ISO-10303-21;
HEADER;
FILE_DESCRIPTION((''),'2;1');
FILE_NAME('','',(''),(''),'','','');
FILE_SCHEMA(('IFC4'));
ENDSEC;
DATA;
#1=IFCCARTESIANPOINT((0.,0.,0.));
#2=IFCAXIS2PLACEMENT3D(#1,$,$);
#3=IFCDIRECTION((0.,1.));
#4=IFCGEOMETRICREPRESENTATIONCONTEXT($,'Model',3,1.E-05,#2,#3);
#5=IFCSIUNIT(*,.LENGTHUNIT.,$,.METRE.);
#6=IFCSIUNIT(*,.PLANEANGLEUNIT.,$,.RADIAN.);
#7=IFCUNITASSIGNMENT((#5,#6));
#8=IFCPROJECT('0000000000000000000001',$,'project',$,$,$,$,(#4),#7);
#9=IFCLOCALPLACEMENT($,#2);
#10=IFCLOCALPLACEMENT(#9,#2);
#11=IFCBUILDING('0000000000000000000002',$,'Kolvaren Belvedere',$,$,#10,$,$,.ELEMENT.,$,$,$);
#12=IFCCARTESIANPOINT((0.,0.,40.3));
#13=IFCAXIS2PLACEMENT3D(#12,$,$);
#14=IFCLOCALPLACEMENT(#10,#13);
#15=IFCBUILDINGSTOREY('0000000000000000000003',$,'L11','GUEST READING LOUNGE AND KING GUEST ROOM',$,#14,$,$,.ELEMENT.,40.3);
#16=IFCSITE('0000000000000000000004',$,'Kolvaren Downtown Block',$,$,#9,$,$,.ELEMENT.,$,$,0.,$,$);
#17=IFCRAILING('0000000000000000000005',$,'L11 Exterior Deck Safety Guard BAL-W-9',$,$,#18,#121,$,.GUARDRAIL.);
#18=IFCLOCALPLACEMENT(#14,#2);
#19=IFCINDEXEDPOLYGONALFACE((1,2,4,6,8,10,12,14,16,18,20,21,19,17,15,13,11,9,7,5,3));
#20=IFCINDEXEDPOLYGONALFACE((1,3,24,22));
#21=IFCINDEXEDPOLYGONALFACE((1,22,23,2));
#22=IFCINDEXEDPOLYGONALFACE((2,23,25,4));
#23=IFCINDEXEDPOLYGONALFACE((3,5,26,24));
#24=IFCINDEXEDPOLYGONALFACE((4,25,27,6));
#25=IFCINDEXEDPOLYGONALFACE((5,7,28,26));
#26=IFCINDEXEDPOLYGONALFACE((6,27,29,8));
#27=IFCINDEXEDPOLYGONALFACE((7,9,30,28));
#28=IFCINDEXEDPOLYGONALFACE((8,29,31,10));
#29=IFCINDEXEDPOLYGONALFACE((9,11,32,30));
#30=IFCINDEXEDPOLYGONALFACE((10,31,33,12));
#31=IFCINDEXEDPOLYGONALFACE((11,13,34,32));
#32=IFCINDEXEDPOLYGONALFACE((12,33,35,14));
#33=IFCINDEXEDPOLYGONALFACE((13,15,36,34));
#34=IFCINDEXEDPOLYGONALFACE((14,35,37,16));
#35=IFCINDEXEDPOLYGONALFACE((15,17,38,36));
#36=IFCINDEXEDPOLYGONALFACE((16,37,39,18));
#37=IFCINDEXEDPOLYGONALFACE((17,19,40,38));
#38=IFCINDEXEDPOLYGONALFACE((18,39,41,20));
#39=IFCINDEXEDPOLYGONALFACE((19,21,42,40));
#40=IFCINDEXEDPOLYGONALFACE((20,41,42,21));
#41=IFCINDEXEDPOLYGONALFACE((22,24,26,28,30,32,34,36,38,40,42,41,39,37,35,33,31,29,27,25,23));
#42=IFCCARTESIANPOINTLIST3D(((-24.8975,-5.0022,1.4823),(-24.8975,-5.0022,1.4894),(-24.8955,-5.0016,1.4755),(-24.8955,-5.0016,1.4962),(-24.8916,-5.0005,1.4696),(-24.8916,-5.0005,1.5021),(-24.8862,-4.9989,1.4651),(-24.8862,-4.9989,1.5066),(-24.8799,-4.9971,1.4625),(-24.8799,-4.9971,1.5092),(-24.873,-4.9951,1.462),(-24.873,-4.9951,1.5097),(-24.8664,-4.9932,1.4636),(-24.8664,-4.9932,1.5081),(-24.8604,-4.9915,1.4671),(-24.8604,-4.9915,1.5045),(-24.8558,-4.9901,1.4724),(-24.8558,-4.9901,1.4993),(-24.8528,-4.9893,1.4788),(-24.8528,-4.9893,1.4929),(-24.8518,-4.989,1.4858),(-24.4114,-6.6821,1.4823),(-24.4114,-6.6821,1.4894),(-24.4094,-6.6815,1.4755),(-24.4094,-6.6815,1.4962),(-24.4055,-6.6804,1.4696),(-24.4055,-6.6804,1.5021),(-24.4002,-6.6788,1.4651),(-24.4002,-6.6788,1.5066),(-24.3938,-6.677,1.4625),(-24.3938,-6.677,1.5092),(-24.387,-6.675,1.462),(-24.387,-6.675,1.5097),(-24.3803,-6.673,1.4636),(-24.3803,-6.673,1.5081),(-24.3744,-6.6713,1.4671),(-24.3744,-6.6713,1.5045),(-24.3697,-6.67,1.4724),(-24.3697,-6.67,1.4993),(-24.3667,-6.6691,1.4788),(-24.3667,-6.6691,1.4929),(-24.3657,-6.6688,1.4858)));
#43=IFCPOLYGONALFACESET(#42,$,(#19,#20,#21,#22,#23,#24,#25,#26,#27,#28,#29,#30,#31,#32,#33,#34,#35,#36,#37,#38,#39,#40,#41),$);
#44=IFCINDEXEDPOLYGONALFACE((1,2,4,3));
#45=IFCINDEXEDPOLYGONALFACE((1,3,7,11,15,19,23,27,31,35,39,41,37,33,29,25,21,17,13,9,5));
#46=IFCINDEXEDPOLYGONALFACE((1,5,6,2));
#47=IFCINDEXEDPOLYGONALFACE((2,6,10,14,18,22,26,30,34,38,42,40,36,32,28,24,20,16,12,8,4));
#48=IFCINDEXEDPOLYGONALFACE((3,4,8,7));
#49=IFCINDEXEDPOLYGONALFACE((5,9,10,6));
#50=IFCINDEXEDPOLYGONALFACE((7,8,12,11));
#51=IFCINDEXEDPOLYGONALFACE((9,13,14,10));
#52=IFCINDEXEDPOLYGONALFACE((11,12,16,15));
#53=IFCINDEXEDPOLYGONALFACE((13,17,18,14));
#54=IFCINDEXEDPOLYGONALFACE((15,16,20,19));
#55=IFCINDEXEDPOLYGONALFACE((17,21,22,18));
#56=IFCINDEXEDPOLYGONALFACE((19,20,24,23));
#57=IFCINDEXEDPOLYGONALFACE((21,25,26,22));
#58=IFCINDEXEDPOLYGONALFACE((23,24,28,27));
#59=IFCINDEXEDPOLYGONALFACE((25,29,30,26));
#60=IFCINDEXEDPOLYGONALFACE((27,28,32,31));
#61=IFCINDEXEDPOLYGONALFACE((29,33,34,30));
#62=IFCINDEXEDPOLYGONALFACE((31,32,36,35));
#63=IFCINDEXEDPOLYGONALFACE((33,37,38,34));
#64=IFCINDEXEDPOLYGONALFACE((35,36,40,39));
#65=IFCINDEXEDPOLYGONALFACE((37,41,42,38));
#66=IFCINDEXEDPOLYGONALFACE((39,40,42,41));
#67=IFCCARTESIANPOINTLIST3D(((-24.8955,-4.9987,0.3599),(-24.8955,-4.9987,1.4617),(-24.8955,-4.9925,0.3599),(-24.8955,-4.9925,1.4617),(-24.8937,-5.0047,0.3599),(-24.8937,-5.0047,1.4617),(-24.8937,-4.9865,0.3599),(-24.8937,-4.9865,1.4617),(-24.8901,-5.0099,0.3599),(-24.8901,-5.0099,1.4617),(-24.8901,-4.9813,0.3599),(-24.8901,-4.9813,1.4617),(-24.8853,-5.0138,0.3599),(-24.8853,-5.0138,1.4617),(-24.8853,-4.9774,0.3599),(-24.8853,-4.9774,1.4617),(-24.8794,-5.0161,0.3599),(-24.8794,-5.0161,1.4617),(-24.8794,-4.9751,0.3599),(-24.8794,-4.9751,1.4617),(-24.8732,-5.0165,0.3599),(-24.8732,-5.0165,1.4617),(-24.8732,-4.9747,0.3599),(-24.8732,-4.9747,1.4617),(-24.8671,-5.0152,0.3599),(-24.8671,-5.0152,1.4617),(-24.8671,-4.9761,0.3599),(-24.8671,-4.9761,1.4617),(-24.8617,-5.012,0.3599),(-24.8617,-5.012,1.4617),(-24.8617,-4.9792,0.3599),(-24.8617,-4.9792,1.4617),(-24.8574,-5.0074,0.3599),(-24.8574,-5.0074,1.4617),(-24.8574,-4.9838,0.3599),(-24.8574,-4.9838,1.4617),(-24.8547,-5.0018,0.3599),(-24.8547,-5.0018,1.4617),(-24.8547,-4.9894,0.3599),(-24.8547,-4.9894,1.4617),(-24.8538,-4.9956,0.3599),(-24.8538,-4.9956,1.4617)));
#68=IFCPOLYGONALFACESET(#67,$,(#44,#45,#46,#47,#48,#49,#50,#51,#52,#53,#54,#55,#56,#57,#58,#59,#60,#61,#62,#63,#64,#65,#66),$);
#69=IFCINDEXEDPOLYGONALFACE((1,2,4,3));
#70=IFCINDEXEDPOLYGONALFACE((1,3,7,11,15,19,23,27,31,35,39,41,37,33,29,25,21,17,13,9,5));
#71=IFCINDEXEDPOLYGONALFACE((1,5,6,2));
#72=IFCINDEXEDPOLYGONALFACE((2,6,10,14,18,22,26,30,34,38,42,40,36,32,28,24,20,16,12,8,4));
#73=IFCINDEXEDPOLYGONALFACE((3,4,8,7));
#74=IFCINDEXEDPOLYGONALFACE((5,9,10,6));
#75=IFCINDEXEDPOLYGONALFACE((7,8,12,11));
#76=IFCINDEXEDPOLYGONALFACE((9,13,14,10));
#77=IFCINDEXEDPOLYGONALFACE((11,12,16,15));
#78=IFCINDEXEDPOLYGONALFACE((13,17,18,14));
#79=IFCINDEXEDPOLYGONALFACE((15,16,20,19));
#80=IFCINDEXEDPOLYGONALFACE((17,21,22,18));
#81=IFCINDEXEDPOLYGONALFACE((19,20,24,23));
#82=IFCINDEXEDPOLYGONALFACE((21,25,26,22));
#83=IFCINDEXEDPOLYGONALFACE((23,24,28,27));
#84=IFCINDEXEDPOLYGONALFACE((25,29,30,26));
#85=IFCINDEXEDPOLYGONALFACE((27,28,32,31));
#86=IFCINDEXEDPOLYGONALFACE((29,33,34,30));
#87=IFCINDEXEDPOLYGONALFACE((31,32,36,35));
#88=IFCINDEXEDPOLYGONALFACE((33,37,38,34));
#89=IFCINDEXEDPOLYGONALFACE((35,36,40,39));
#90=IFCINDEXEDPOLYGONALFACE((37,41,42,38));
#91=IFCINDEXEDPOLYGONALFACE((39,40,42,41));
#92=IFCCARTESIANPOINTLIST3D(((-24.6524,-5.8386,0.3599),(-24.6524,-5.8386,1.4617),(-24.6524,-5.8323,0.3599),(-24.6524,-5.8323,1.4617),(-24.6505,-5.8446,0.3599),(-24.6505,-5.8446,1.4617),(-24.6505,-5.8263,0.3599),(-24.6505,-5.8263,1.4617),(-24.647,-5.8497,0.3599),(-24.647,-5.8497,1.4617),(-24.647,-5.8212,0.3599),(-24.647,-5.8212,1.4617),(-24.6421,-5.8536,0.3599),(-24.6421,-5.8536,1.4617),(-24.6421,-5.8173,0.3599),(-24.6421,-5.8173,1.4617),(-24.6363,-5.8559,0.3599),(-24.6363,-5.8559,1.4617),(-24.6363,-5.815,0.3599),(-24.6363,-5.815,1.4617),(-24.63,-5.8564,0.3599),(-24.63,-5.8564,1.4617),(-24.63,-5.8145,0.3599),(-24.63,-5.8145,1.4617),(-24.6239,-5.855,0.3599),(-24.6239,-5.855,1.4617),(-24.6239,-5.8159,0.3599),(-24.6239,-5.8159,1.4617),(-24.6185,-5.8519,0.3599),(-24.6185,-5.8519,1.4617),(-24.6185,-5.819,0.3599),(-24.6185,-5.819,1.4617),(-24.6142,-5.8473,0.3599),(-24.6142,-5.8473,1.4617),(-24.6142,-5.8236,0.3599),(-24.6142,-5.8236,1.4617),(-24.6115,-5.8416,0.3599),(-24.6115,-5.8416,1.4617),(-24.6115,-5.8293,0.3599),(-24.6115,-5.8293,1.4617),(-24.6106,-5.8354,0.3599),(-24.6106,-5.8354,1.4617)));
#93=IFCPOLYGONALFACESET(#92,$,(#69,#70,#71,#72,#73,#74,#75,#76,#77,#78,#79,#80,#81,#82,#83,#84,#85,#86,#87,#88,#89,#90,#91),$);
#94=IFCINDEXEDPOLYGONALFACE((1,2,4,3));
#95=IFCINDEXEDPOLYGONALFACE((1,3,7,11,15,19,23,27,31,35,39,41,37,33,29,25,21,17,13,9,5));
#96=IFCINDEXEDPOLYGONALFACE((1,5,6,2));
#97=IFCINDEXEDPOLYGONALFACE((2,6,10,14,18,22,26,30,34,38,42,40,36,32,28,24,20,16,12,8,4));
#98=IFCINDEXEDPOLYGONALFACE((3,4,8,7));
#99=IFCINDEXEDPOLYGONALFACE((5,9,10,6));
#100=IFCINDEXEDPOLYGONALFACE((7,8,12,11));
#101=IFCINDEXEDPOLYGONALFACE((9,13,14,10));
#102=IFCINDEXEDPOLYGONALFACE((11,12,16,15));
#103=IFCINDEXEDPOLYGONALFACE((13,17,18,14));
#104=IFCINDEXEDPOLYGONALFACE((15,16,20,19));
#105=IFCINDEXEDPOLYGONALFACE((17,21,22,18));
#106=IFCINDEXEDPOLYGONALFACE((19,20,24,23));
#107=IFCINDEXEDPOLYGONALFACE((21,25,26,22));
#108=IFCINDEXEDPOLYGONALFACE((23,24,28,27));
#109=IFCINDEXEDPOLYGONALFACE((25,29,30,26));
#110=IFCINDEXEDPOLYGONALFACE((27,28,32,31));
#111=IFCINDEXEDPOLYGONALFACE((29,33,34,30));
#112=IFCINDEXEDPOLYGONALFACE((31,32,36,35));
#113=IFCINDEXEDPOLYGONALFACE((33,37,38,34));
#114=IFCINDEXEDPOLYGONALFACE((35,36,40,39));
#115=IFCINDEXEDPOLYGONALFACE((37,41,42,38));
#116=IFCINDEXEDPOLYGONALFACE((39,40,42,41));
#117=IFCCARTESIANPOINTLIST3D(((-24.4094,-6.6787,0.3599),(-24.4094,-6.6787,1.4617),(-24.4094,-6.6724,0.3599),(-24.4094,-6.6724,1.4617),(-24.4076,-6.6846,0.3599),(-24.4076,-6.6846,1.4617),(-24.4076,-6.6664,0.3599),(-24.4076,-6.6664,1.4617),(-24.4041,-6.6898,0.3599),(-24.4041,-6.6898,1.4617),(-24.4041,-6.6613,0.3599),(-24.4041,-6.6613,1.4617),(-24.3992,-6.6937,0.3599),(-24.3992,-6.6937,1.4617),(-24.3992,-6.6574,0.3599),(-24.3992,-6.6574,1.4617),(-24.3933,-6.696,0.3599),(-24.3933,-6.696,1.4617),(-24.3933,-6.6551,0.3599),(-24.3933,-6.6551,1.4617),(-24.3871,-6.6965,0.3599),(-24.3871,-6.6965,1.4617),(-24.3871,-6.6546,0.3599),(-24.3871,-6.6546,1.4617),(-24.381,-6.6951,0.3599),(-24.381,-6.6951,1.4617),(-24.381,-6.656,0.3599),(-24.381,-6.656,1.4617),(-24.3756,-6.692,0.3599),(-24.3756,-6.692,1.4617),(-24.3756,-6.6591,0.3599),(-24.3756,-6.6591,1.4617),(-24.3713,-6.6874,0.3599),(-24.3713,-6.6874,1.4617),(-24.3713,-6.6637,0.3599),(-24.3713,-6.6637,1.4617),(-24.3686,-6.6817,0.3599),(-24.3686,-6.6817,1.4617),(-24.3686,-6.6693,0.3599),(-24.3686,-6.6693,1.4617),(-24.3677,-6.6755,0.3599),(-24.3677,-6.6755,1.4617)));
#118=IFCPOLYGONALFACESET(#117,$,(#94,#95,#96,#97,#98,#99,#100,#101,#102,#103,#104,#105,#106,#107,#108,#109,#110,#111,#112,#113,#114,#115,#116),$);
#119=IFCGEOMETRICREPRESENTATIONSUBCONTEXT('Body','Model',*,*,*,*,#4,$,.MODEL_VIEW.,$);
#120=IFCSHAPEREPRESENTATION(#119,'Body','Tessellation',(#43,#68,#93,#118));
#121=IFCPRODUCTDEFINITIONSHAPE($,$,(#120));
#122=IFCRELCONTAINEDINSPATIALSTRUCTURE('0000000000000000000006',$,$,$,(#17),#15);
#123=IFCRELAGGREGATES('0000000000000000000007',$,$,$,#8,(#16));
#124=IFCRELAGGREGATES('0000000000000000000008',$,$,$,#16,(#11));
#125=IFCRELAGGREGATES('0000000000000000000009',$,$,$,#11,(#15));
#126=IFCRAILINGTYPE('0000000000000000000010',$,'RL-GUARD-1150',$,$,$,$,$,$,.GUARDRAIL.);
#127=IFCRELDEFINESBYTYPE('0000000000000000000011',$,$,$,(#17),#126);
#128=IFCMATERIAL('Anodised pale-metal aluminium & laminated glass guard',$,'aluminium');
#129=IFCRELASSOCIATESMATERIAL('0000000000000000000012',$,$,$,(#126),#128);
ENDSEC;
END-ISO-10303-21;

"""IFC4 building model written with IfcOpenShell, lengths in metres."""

from ifc_helpers import new_model, si_unit, direction, frame, origin, origin_2d, place, context, subcontext, project, spatial, circle, extrude, material, type_object, element, save


model = new_model("IFC4")

# Units and contexts
model_context = context("Model", 3, precision=1e-05, world=origin(), true_north=direction((0.0, 1.0)))
body_context = subcontext(model_context, "Body", "Model", "MODEL_VIEW")
ifc_project = project(units=[si_unit("LENGTHUNIT", "METRE"), si_unit("PLANEANGLEUNIT", "RADIAN")], contexts=[model_context])

# Site, building, storey
site_placement = place(None, origin())
site = spatial("IfcSite", under=ifc_project, at=site_placement, Name="Kolvaren Downtown Block", CompositionType="ELEMENT", RefElevation=0.0)
building_placement = place(site_placement, origin())
building = spatial("IfcBuilding", under=site, at=building_placement, Name="Kolvaren Belvedere", CompositionType="ELEMENT")
storey_placement = place(building_placement, frame((0.0, 0.0, 40.3)))
storey = spatial("IfcBuildingStorey", under=building, at=storey_placement, Name="L11", Description="GUEST READING LOUNGE AND KING GUEST ROOM", CompositionType="ELEMENT", Elevation=40.3)

# Railing
ifc_material_1 = material(Name="Anodised pale-metal aluminium & laminated glass guard", Category="aluminium")
railing_type = type_object("IfcRailingType", Name="RL-GUARD-1150", PredefinedType="GUARDRAIL", material=ifc_material_1)
railing_1_placement = place(storey_placement, frame((-24.8748, -4.9956, 0.3599)))
element("IfcRailing", 1, at=railing_1_placement, inside=storey, type_object=railing_type, Name="L11 Exterior Deck Safety Guard BAL-W-9", PredefinedType="GUARDRAIL", context=body_context, shape_type="SweptSolid", body=[
    extrude(circle(Radius=0.0239, at=origin_2d()), frame((0.0, 0.0, 1.126), z_axis=(0.277946, -0.960597, 0.0), x_axis=(0.960597, 0.277946, 0.0)), (0.0, 0.0, 1.0), 1.7488),
    extrude(circle(Radius=0.021, at=origin_2d()), origin(), (0.0, 0.0, 1.0), 1.1018),
    extrude(circle(Radius=0.021, at=origin_2d()), frame((0.2432, -0.8398, 0.0)), (0.0, 0.0, 1.0), 1.1018),
    extrude(circle(Radius=0.021, at=origin_2d()), frame((0.4861, -1.6799, 0.0)), (0.0, 0.0, 1.0), 1.1018),
])

save(model, "model.ifc")
